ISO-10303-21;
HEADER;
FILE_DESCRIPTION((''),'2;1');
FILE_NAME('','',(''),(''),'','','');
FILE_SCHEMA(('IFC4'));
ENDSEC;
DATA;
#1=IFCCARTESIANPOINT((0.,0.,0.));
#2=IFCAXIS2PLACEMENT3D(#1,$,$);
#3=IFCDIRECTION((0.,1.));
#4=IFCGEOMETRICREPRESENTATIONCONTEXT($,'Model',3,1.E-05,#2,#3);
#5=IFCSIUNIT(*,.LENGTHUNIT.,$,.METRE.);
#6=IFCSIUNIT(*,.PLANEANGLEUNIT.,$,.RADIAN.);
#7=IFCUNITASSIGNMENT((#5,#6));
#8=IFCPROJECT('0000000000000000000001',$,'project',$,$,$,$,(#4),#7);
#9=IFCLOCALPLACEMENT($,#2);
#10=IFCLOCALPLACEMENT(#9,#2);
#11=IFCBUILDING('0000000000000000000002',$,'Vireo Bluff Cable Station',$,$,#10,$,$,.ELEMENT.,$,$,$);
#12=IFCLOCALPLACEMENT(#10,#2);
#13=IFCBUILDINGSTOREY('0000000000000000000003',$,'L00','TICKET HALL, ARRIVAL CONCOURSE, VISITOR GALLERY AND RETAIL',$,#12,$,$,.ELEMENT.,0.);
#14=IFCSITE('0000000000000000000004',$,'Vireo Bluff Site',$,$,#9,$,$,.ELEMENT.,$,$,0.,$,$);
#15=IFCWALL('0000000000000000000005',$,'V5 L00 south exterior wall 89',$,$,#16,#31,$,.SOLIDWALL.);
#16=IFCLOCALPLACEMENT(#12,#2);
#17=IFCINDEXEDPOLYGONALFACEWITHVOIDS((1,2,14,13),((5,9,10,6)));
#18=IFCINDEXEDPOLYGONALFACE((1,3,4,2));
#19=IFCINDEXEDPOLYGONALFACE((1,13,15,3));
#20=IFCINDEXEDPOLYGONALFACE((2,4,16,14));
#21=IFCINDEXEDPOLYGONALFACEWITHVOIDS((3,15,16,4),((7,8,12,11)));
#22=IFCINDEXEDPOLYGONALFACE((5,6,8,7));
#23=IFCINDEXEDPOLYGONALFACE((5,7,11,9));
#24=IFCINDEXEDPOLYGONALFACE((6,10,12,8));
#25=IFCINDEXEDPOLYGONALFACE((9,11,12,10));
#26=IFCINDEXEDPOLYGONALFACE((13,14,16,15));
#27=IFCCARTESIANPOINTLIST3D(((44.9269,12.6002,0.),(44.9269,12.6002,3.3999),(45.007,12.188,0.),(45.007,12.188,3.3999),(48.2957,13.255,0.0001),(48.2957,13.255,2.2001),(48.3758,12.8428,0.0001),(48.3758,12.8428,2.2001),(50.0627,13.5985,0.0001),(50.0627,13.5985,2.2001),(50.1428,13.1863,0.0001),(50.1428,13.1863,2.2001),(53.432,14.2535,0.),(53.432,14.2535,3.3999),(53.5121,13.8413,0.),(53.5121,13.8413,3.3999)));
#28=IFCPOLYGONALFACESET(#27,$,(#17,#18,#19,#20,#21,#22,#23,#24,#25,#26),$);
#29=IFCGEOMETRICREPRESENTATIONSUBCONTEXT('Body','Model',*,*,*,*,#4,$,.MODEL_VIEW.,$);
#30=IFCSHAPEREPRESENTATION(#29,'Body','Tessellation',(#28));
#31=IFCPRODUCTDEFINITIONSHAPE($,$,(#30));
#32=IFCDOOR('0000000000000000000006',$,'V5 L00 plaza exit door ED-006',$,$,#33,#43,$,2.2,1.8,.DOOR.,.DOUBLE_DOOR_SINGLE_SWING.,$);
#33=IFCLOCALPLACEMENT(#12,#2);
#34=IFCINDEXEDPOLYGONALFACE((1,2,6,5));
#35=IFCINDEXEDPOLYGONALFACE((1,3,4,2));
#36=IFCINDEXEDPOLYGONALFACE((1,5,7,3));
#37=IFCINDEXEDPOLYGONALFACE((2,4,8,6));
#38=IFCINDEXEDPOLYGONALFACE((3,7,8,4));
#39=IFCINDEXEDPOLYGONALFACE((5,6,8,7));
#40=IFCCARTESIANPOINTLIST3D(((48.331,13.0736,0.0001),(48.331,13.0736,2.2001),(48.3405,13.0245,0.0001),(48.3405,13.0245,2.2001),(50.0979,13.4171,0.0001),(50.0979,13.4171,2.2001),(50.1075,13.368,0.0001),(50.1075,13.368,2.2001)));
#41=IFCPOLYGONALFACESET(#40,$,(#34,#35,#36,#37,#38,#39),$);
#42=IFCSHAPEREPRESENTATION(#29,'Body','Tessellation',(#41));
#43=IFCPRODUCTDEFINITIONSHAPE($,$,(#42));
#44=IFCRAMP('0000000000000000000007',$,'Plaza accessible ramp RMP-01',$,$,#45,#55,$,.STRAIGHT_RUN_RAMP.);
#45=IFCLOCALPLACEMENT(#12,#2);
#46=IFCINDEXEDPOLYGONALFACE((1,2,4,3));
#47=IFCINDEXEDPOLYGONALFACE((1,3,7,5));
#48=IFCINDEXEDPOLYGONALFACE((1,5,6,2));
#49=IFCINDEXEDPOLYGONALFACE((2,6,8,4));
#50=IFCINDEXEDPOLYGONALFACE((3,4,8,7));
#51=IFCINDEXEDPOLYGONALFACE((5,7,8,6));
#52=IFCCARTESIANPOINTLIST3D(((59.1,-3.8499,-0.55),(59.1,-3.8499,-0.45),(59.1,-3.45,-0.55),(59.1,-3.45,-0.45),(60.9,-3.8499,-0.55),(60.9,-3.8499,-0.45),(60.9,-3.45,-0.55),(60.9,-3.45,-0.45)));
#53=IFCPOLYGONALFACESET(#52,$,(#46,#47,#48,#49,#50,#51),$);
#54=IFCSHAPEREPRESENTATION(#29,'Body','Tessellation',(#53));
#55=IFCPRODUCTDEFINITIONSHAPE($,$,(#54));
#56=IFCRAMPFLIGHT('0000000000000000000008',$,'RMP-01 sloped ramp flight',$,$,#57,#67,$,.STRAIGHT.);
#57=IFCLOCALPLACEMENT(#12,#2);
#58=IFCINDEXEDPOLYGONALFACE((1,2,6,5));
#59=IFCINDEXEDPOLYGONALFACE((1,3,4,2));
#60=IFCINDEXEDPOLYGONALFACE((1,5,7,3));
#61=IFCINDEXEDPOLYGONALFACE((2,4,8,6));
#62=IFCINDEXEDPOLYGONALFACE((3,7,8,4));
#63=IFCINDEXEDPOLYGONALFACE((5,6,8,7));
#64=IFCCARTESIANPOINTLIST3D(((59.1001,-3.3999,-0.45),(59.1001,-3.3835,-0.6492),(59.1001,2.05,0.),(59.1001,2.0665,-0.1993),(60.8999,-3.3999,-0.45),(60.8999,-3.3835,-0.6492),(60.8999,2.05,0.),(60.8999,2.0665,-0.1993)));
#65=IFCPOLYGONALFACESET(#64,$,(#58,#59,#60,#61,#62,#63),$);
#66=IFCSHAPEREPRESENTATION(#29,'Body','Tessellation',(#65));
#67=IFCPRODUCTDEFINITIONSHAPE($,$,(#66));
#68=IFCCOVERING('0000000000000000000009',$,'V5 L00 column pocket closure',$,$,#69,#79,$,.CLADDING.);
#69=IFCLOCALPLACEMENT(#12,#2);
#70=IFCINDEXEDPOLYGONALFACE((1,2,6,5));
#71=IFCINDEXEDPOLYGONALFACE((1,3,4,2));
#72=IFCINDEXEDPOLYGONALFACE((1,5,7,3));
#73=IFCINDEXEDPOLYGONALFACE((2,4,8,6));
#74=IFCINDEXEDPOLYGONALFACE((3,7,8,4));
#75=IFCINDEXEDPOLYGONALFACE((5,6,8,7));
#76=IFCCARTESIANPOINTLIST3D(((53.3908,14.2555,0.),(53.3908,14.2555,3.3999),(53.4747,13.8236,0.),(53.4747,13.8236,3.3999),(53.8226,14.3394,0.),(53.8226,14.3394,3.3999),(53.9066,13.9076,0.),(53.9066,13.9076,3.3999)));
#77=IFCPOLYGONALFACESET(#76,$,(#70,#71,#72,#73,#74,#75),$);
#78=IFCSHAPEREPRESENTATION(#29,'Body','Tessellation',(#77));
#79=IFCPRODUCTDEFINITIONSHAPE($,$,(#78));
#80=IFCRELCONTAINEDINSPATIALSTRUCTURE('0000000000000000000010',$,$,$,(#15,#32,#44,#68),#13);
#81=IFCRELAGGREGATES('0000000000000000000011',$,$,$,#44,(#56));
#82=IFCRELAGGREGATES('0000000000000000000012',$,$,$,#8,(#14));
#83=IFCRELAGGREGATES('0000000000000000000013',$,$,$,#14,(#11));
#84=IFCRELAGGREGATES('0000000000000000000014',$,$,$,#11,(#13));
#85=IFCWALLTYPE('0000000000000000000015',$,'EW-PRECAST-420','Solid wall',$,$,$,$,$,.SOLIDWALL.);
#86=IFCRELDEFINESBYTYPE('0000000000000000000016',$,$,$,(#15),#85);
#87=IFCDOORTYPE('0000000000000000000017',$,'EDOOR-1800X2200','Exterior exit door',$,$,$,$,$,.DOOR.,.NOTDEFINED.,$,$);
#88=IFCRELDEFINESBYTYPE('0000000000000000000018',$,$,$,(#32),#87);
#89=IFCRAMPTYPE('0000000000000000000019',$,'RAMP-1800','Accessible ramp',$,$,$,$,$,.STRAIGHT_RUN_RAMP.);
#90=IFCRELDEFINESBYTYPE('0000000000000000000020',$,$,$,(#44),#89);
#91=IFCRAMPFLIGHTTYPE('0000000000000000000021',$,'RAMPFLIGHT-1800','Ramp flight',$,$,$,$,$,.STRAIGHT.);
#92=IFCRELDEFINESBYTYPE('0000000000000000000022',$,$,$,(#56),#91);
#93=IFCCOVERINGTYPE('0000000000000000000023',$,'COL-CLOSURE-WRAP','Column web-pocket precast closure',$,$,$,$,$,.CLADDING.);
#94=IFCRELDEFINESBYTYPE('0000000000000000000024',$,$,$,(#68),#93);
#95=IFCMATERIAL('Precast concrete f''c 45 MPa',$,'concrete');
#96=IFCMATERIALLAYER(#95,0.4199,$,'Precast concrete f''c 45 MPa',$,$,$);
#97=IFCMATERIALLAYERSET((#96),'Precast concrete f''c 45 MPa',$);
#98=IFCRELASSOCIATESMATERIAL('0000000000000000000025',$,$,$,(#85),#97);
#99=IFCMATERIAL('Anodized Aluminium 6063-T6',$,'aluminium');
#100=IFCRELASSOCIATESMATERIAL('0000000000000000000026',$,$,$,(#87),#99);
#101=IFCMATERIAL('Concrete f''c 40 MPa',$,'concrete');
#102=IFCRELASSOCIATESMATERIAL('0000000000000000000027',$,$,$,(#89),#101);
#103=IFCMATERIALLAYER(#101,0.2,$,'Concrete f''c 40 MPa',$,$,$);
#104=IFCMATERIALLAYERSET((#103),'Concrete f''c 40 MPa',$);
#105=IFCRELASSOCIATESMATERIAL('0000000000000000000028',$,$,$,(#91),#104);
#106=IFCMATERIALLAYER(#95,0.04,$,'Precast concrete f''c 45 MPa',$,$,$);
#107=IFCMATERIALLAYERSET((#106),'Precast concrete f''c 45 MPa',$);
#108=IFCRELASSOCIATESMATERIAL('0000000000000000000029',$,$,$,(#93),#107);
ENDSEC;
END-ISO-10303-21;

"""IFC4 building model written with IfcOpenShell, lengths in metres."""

from ifc_helpers import new_model, si_unit, direction, frame, frame_2d, origin, origin_with_axes, origin_2d, place, context, subcontext, project, spatial, polyline, rectangle, outline, extrude, material, layer, layer_set, type_object, element, fill, aggregate, save


model = new_model("IFC4")

# Units and contexts
model_context = context("Model", 3, precision=1e-05, world=origin(), true_north=direction((0.0, 1.0)))
body_context = subcontext(model_context, "Body", "Model", "MODEL_VIEW")
ifc_project = project(units=[si_unit("LENGTHUNIT", "METRE"), si_unit("PLANEANGLEUNIT", "RADIAN")], contexts=[model_context])

# Site, building, storey
site_placement = place(None, origin())
site = spatial("IfcSite", under=ifc_project, at=site_placement, Name="Vireo Bluff Site", CompositionType="ELEMENT", RefElevation=0.0)
building_placement = place(site_placement, origin())
building = spatial("IfcBuilding", under=site, at=building_placement, Name="Vireo Bluff Cable Station", CompositionType="ELEMENT")
storey_placement = place(building_placement, origin())
storey = spatial("IfcBuildingStorey", under=building, at=storey_placement, Name="L00", Description="TICKET HALL, ARRIVAL CONCOURSE, VISITOR GALLERY AND RETAIL", CompositionType="ELEMENT", Elevation=0.0)

# Shared definitions
ifc_material_1 = material(Name="Concrete f'c 40 MPa", Category="concrete")

# Shared definitions
ifc_material_2 = material(Name="Anodized Aluminium 6063-T6", Category="aluminium")

# Wall, opening, door
ifc_material_3 = material(Name="Precast concrete f'c 45 MPa", Category="concrete")
ifc_layer_1 = layer(ifc_material_3, 0.4199, Name="Precast concrete f'c 45 MPa")
ifc_layer_set_1 = layer_set([ifc_layer_1], Name="Precast concrete f'c 45 MPa")
wall_type = type_object("IfcWallType", Name="EW-PRECAST-420", Description="Solid wall", PredefinedType="SOLIDWALL", material=ifc_layer_set_1)
wall_placement = place(storey_placement, frame((53.4719, 14.0474, 0.0), z_axis=(0.0, 0.0, 1.0), x_axis=(-0.981625, -0.190819, 0.0)))
wall = element("IfcWall", 1, at=wall_placement, inside=storey, type_object=wall_type, Name="V5 L00 south exterior wall 89", PredefinedType="SOLIDWALL", context=body_context, shape_type="SweptSolid", body=[
    extrude(rectangle(XDim=8.6643, YDim=0.4199, at=frame_2d((4.332, 0.0))), origin(), (0.0, 0.0, 1.0), 3.3999),
])
opening_placement = place(wall_placement, frame((3.4324, 0.0, 0.0)))
opening = element("IfcOpeningElement", 2, at=opening_placement, cuts=wall, PredefinedType="OPENING", context=body_context, shape_type="SweptSolid", body=[
    extrude(rectangle(XDim=1.8, YDim=2.2, at=frame_2d((0.8999, 1.1001))), frame((0.0, 0.22, 0.0), z_axis=(0.0, -1.0, 0.0), x_axis=(1.0, 0.0, 0.0)), (0.0, 0.0, 1.0), 0.4399),
])
door_type = type_object("IfcDoorType", Name="EDOOR-1800X2200", Description="Exterior exit door", OperationType="NOTDEFINED", PredefinedType="DOOR", material=ifc_material_2)
door_placement = place(opening_placement, origin_with_axes())
door = element("IfcDoor", 3, at=door_placement, inside=storey, type_object=door_type, Name="V5 L00 plaza exit door ED-006", OperationType="DOUBLE_DOOR_SINGLE_SWING", OverallHeight=2.2, OverallWidth=1.8, PredefinedType="DOOR", context=body_context, shape_type="SweptSolid", body=[
    extrude(rectangle(XDim=1.8, YDim=2.2, at=frame_2d((0.8999, 1.1001))), frame((0.0, 0.0249, 0.0), z_axis=(0.0, -1.0, 0.0), x_axis=(1.0, 0.0, 0.0)), (0.0, 0.0, 1.0), 0.05),
])
fill(opening, door)

# Ramp, ramp flight
ramp_type = type_object("IfcRampType", Name="RAMP-1800", Description="Accessible ramp", PredefinedType="STRAIGHT_RUN_RAMP", material=ifc_material_1)
ramp_placement = place(storey_placement, frame((60.0, -3.6499, -0.55), z_axis=(0.0, 0.0, 1.0), x_axis=(1.0, 0.0, 0.0)))
ramp = element("IfcRamp", 4, at=ramp_placement, inside=storey, type_object=ramp_type, Name="Plaza accessible ramp RMP-01", PredefinedType="STRAIGHT_RUN_RAMP", context=body_context, shape_type="SweptSolid", body=[
    extrude(rectangle(XDim=1.8, YDim=0.3999, at=origin_2d()), origin(), (0.0, 0.0, 1.0), 0.1001),
])
ifc_layer_2 = layer(ifc_material_1, 0.2, Name="Concrete f'c 40 MPa")
ifc_layer_set_2 = layer_set([ifc_layer_2], Name="Concrete f'c 40 MPa")
ramp_flight_type = type_object("IfcRampFlightType", Name="RAMPFLIGHT-1800", Description="Ramp flight", PredefinedType="STRAIGHT", material=ifc_layer_set_2)
ramp_flight_placement = place(storey_placement, frame((60.8999, -3.3999, -0.45), z_axis=(0.0, -0.082281, 0.996609), x_axis=(0.0, 0.996609, 0.082281)))
ramp_flight = element("IfcRampFlight", 5, at=ramp_flight_placement, type_object=ramp_flight_type, Name="RMP-01 sloped ramp flight", PredefinedType="STRAIGHT", context=body_context, shape_type="SweptSolid", body=[
    extrude(outline(polyline([(0.0, 0.0), (5.4685, 0.0), (5.4685, 1.7998), (0.0, 1.7998), (0.0, 0.0)])), origin(), (0.0, 0.0, -1.0), 0.2),
])
aggregate(ramp, [ramp_flight])

# Covering
ifc_layer_3 = layer(ifc_material_3, 0.04, Name="Precast concrete f'c 45 MPa")
ifc_layer_set_3 = layer_set([ifc_layer_3], Name="Precast concrete f'c 45 MPa")
covering_type = type_object("IfcCoveringType", Name="COL-CLOSURE-WRAP", Description="Column web-pocket precast closure", PredefinedType="CLADDING", material=ifc_layer_set_3)
covering_placement = place(storey_placement, frame((53.6487, 14.0815, 0.0), z_axis=(0.0, 0.0, 1.0), x_axis=(0.981627, 0.190809, 0.0)))
element("IfcCovering", 6, at=covering_placement, inside=storey, type_object=covering_type, Name="V5 L00 column pocket closure", PredefinedType="CLADDING", context=body_context, shape_type="SweptSolid", body=[
    extrude(rectangle(XDim=0.4399, YDim=0.4399, at=origin_2d()), origin(), (0.0, 0.0, 1.0), 3.3999),
])

save(model, "model.ifc")
